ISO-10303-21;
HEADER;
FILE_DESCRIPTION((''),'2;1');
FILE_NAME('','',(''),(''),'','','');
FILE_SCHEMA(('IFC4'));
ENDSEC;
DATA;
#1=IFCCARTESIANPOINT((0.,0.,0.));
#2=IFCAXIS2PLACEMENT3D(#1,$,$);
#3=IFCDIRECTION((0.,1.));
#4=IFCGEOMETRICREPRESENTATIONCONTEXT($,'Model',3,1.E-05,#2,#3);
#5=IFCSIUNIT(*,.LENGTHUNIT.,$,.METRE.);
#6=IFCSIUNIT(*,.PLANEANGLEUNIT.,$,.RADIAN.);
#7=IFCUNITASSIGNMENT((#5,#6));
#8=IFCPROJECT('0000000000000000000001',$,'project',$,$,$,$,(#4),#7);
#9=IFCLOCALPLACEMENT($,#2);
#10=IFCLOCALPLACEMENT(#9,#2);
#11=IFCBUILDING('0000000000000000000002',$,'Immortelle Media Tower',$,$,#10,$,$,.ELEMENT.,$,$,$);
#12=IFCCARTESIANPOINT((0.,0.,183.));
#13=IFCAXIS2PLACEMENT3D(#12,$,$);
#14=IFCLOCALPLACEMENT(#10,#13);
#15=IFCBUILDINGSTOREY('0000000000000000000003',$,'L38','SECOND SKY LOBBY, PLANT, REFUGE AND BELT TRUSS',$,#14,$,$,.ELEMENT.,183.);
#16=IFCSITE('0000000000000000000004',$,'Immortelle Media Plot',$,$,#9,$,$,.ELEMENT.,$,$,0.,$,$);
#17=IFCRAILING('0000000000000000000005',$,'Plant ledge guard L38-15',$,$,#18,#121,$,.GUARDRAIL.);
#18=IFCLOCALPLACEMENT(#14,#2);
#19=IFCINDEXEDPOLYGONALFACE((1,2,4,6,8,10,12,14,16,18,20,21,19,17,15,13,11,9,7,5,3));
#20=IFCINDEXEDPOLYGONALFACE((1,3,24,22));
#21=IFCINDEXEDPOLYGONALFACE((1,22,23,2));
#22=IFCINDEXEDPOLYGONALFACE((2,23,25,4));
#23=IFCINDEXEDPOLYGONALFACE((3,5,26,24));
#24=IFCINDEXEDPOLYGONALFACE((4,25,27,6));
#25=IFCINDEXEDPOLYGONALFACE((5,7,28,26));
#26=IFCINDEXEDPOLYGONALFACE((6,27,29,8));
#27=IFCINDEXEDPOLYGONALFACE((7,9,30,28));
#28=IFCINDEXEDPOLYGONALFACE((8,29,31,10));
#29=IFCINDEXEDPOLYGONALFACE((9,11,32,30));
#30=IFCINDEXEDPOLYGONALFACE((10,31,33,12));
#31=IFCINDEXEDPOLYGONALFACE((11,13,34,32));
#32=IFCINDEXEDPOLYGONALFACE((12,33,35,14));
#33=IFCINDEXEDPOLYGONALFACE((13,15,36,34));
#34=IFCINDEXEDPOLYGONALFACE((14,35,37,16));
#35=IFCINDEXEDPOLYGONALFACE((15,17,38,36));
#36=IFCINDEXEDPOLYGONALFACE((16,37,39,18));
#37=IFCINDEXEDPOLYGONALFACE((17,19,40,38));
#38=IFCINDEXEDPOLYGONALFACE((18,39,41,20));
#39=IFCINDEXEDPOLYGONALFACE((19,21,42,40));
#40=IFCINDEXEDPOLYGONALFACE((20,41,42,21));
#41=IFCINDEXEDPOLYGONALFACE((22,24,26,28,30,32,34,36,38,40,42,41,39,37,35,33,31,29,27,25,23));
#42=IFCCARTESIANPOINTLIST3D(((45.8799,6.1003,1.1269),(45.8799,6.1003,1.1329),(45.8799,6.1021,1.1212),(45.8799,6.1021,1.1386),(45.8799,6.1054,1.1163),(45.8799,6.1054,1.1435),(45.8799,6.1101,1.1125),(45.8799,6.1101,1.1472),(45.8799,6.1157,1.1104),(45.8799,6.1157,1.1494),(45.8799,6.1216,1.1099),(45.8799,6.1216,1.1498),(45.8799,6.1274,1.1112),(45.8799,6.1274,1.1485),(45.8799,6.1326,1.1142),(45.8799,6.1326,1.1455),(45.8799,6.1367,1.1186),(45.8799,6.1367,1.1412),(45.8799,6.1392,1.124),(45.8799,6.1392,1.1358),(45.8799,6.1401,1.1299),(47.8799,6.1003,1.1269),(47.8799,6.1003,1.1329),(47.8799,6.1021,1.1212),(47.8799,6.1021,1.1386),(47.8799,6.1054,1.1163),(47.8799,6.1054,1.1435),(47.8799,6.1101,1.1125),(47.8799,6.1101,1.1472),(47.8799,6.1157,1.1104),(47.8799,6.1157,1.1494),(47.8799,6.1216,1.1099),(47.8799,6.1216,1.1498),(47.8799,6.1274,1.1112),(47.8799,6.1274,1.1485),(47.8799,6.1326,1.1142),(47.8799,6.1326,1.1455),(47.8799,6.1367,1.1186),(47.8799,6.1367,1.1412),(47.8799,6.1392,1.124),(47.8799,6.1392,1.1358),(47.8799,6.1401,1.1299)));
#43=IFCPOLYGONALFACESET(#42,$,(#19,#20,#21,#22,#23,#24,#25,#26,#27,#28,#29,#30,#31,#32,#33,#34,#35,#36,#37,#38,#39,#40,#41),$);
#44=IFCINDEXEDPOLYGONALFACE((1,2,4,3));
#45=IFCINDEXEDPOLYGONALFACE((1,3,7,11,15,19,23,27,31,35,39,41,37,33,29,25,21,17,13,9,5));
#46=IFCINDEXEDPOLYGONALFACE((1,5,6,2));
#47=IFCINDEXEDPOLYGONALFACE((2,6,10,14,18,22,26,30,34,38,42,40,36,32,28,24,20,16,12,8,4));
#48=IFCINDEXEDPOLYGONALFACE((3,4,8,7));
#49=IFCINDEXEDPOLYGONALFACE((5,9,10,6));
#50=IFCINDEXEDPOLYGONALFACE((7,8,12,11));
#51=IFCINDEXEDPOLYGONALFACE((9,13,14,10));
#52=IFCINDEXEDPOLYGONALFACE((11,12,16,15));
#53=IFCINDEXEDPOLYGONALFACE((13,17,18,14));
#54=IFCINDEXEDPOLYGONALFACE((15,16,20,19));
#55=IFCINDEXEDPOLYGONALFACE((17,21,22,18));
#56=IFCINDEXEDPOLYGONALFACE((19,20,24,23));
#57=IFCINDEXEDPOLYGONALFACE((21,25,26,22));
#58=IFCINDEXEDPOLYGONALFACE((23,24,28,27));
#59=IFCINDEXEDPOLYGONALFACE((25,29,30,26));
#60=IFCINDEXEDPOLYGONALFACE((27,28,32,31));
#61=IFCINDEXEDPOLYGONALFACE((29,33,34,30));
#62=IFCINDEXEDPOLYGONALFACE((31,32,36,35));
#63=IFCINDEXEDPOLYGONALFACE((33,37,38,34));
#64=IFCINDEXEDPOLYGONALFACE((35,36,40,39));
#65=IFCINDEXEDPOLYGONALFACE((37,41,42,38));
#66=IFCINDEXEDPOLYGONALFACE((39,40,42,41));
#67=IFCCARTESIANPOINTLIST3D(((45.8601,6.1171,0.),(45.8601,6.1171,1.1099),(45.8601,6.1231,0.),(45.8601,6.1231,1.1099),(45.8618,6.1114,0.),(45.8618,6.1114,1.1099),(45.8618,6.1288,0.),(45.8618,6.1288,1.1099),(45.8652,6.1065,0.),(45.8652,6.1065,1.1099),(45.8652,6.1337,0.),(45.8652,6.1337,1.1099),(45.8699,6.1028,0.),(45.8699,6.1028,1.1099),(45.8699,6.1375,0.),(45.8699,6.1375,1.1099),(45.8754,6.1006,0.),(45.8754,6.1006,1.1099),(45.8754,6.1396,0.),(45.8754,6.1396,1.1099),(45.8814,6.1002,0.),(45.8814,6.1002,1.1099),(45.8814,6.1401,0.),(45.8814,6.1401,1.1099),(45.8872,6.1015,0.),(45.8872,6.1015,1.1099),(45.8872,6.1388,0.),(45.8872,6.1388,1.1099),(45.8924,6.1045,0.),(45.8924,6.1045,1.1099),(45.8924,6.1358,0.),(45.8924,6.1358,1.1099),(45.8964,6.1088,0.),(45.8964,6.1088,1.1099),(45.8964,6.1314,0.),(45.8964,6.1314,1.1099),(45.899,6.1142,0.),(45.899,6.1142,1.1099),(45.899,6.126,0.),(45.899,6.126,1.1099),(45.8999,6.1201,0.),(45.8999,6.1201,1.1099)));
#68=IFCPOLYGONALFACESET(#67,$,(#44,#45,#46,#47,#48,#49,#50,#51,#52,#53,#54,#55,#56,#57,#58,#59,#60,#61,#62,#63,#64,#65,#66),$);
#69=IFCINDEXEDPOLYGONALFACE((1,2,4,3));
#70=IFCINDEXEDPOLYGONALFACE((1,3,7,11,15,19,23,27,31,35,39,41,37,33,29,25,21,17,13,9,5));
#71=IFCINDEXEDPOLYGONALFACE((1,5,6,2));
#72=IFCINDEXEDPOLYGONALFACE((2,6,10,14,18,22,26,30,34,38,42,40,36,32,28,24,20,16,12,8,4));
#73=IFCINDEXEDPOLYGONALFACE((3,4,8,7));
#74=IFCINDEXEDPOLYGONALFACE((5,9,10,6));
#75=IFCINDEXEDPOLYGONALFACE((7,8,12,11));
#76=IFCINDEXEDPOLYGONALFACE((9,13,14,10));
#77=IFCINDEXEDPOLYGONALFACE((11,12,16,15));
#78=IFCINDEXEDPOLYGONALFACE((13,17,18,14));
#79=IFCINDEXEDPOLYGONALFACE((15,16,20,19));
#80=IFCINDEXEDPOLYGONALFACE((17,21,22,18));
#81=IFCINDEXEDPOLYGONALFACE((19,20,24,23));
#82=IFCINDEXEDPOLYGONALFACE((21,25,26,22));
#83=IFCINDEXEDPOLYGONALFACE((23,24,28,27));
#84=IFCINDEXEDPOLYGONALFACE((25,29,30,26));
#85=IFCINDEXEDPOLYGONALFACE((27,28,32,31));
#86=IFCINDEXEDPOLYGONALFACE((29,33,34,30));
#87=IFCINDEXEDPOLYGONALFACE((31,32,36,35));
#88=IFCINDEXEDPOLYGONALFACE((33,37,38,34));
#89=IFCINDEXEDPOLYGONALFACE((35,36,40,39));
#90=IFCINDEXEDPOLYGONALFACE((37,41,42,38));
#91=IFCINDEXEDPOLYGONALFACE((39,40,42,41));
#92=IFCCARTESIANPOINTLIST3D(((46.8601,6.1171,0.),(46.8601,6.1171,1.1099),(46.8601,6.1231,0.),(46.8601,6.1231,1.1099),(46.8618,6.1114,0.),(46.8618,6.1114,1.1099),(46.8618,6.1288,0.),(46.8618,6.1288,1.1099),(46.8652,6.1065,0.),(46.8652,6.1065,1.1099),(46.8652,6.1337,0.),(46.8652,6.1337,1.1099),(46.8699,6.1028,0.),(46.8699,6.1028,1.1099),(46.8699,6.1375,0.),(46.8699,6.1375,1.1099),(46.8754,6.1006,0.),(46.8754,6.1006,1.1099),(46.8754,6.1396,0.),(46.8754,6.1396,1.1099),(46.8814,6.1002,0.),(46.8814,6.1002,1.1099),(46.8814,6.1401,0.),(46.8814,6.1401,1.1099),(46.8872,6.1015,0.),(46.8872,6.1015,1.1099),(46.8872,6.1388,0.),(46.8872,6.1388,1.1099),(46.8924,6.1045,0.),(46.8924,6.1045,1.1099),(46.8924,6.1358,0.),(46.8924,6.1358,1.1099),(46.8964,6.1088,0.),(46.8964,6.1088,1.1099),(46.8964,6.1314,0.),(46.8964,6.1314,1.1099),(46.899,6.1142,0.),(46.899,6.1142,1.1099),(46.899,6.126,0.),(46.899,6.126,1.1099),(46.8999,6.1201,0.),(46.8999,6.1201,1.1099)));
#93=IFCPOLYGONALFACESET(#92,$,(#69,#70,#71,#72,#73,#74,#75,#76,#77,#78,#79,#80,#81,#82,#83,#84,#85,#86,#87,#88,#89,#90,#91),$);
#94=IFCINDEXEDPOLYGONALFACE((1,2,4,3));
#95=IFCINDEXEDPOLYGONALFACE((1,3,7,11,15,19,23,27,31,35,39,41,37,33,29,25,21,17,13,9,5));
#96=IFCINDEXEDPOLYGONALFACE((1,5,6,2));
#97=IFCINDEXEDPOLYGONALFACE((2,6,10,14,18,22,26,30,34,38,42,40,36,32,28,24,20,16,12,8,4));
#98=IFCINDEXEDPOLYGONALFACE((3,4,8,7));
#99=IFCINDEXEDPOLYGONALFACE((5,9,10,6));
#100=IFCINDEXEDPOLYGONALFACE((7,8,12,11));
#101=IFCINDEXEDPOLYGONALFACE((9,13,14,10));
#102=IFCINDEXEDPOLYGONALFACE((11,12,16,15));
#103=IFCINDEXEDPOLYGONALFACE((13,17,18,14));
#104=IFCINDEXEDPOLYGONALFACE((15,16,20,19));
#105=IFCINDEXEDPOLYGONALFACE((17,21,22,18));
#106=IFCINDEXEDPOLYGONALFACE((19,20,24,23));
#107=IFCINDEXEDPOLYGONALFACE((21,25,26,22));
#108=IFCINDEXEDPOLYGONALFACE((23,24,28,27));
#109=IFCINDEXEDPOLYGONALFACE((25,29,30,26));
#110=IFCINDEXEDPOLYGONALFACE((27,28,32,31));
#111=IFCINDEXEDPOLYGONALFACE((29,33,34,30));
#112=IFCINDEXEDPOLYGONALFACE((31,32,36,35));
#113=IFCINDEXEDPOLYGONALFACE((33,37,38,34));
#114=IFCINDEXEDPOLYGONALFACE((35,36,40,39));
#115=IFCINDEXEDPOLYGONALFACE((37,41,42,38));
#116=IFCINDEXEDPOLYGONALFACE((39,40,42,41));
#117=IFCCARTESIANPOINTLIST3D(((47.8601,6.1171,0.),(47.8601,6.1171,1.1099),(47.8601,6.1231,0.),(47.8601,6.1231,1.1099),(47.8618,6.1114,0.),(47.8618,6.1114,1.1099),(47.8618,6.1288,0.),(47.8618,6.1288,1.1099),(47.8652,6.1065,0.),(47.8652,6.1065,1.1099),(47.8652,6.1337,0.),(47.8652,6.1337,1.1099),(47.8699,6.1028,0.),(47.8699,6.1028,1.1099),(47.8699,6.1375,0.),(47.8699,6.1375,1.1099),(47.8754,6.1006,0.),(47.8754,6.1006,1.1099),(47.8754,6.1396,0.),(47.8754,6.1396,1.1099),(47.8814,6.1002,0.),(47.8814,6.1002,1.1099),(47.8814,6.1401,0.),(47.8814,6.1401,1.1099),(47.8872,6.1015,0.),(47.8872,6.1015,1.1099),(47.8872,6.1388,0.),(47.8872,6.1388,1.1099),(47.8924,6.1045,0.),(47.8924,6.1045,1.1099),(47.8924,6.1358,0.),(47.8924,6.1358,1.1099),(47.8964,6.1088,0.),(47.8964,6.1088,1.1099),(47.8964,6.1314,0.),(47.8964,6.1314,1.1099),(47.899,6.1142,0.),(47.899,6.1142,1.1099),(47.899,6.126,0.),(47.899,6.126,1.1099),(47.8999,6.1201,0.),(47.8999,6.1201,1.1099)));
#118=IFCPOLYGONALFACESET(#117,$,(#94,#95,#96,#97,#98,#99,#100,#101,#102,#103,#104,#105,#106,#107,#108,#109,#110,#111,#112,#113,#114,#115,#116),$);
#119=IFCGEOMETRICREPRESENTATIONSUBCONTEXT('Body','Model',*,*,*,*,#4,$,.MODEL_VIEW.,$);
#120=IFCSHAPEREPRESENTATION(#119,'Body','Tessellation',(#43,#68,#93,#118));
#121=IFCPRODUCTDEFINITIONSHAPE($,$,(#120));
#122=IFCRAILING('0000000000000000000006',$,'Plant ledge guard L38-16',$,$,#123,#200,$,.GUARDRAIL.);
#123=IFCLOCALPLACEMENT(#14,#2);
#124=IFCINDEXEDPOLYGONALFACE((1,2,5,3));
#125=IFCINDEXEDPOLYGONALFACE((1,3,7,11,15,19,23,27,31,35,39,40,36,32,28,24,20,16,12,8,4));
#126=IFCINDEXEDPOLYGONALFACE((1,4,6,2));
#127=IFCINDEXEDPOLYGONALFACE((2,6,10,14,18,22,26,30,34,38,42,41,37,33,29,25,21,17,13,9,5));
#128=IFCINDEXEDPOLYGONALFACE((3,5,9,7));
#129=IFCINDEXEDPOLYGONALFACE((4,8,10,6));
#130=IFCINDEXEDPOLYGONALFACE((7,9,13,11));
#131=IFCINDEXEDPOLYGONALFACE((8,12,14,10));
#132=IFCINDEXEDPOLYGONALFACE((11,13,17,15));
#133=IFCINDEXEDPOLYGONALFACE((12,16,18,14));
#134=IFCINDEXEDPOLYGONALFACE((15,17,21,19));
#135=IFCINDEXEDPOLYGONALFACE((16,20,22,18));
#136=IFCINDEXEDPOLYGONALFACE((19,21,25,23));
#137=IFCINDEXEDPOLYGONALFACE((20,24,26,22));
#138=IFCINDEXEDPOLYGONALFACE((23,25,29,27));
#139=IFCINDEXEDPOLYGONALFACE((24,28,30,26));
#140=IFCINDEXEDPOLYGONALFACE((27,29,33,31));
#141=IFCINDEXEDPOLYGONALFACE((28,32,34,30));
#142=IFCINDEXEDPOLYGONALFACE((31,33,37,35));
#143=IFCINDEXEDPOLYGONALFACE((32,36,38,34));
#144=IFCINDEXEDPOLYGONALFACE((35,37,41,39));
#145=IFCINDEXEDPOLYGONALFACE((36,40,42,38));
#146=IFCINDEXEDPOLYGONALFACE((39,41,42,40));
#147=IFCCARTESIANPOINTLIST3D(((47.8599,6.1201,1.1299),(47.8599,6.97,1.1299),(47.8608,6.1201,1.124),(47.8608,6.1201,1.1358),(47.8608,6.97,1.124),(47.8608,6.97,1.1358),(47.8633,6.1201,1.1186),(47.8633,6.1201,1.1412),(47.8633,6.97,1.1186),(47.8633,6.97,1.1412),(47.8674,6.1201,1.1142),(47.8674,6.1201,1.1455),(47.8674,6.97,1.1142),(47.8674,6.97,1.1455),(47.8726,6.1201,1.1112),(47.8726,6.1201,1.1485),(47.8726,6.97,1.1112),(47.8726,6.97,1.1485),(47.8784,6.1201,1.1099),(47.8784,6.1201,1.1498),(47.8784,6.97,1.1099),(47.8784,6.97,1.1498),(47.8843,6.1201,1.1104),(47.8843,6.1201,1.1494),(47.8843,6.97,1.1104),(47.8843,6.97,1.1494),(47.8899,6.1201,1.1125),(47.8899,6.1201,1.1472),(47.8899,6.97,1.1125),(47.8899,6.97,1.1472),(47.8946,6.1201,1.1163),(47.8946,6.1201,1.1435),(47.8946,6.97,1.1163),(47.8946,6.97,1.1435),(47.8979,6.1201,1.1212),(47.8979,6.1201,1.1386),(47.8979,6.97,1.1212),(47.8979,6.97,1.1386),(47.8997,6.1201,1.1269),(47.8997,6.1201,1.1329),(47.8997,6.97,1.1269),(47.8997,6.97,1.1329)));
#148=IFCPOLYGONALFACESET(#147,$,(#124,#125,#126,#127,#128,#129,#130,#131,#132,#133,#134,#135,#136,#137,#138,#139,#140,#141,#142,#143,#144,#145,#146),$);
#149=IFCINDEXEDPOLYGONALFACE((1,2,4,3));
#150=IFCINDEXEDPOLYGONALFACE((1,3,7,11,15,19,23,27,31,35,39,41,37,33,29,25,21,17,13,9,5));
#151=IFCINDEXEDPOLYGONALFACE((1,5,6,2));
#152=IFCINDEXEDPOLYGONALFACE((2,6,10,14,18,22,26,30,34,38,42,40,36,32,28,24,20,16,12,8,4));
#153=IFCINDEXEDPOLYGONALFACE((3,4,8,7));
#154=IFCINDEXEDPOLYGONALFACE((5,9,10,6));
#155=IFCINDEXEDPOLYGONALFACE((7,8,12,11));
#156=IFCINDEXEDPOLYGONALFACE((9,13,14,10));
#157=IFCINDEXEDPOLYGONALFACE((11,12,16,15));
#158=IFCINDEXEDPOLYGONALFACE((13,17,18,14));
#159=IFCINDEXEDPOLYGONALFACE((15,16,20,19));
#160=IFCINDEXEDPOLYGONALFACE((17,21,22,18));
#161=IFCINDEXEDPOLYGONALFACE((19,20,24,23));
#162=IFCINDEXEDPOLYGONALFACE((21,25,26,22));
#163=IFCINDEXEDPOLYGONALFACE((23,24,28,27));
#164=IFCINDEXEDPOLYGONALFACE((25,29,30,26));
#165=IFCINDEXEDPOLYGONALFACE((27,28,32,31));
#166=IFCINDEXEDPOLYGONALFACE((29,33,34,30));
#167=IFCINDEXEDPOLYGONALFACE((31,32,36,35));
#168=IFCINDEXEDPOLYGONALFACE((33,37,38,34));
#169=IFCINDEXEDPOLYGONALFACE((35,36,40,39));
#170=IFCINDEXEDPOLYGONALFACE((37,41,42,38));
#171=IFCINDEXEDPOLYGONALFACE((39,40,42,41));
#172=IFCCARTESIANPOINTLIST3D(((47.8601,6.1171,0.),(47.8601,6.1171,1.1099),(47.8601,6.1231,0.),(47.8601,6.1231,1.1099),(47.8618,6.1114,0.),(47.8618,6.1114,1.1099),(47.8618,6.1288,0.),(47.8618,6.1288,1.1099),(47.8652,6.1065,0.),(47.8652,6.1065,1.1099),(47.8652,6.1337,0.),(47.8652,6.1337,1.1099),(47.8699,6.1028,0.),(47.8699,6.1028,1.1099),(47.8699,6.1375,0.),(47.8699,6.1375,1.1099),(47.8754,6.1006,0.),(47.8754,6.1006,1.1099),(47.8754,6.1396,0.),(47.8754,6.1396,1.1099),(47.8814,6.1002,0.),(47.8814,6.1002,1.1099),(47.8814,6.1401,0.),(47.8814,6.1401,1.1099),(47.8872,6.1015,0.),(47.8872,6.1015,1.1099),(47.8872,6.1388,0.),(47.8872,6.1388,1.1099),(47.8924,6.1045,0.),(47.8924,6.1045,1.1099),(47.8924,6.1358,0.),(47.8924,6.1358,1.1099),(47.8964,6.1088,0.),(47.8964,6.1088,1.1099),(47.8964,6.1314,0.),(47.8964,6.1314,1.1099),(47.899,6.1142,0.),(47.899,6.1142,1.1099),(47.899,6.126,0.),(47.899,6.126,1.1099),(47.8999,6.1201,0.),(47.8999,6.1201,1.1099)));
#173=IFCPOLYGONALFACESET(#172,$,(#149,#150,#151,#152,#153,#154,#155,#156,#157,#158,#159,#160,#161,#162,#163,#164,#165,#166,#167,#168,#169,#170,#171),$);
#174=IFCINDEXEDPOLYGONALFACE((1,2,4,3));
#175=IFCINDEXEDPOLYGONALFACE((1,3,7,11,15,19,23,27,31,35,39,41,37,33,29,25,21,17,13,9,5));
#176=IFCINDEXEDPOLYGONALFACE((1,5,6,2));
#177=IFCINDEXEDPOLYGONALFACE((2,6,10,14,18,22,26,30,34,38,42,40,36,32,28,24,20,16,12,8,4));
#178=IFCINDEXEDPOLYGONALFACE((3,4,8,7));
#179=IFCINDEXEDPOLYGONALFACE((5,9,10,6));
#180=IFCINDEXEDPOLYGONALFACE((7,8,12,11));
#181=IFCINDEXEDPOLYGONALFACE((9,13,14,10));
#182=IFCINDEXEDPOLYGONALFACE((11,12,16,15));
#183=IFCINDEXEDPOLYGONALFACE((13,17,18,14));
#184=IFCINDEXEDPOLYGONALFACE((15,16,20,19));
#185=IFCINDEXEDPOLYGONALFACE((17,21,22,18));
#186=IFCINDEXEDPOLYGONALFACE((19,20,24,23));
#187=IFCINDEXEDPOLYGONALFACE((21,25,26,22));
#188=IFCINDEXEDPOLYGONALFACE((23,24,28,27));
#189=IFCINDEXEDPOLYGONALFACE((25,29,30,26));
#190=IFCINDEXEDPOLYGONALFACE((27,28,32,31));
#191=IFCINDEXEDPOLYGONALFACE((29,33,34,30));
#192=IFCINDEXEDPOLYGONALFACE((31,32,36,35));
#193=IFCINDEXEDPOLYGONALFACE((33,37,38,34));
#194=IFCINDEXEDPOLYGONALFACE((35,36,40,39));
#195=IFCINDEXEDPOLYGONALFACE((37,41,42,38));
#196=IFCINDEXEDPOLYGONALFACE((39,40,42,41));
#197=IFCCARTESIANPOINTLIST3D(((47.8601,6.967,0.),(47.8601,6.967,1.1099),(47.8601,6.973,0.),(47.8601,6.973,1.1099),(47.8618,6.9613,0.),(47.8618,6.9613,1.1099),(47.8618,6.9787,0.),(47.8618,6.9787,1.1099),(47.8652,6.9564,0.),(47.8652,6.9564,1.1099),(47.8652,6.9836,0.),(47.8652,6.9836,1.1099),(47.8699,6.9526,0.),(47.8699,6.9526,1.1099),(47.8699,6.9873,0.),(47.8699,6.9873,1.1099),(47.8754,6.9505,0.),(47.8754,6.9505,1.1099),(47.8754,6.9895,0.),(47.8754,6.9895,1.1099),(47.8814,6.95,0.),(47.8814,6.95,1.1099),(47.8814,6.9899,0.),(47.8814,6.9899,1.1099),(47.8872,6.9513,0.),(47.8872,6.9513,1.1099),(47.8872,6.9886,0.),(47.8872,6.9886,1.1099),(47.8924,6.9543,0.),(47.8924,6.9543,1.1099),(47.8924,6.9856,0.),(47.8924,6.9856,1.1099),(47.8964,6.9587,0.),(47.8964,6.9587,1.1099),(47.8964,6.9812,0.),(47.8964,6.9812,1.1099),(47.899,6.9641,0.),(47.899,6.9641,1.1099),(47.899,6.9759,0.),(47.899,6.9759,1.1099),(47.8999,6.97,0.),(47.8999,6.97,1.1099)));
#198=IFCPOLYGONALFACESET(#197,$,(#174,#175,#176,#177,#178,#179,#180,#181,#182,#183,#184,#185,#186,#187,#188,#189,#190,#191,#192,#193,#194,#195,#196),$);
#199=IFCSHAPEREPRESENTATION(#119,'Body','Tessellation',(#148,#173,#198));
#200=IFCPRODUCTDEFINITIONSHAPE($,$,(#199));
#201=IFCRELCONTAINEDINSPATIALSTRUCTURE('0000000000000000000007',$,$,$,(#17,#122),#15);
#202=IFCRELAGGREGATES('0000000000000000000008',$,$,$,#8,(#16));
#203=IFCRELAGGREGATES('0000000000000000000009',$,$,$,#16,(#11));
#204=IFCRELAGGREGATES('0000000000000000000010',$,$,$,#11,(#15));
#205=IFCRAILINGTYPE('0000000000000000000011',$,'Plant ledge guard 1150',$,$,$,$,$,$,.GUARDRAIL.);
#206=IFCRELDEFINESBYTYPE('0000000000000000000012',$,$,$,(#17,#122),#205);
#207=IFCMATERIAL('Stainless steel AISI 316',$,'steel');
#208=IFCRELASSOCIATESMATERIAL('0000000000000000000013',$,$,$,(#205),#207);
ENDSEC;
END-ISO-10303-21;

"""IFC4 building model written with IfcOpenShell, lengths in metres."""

from ifc_helpers import new_model, si_unit, direction, frame, origin, origin_2d, place, context, subcontext, project, spatial, circle, extrude, material, type_object, element, save


model = new_model("IFC4")

# Units and contexts
model_context = context("Model", 3, precision=1e-05, world=origin(), true_north=direction((0.0, 1.0)))
body_context = subcontext(model_context, "Body", "Model", "MODEL_VIEW")
ifc_project = project(units=[si_unit("LENGTHUNIT", "METRE"), si_unit("PLANEANGLEUNIT", "RADIAN")], contexts=[model_context])

# Site, building, storey
site_placement = place(None, origin())
site = spatial("IfcSite", under=ifc_project, at=site_placement, Name="Immortelle Media Plot", CompositionType="ELEMENT", RefElevation=0.0)
building_placement = place(site_placement, origin())
building = spatial("IfcBuilding", under=site, at=building_placement, Name="Immortelle Media Tower", CompositionType="ELEMENT")
storey_placement = place(building_placement, frame((0.0, 0.0, 183.0)))
storey = spatial("IfcBuildingStorey", under=building, at=storey_placement, Name="L38", Description="SECOND SKY LOBBY, PLANT, REFUGE AND BELT TRUSS", CompositionType="ELEMENT", Elevation=183.0)

# Railings
ifc_material_1 = material(Name="Stainless steel AISI 316", Category="steel")
railing_type = type_object("IfcRailingType", Name="Plant ledge guard 1150", PredefinedType="GUARDRAIL", material=ifc_material_1)
railing_1_placement = place(storey_placement, frame((45.8799, 6.1201, 0.0)))
element("IfcRailing", 1, at=railing_1_placement, inside=storey, type_object=railing_type, Name="Plant ledge guard L38-15", PredefinedType="GUARDRAIL", context=body_context, shape_type="SweptSolid", body=[
    extrude(circle(Radius=0.02, at=origin_2d()), frame((0.0, 0.0, 1.1299), z_axis=(1.0, 0.0, 0.0), x_axis=(0.0, 1.0, 0.0)), (0.0, 0.0, 1.0), 2.0),
    extrude(circle(Radius=0.02, at=origin_2d()), origin(), (0.0, 0.0, 1.0), 1.1099),
    extrude(circle(Radius=0.02, at=origin_2d()), frame((1.0, 0.0, 0.0)), (0.0, 0.0, 1.0), 1.1099),
    extrude(circle(Radius=0.02, at=origin_2d()), frame((2.0, 0.0, 0.0)), (0.0, 0.0, 1.0), 1.1099),
])
railing_2_placement = place(storey_placement, frame((47.8799, 6.1201, 0.0)))
element("IfcRailing", 2, at=railing_2_placement, inside=storey, type_object=railing_type, Name="Plant ledge guard L38-16", PredefinedType="GUARDRAIL", context=body_context, shape_type="SweptSolid", body=[
    extrude(circle(Radius=0.02, at=origin_2d()), frame((0.0, 0.0, 1.1299), z_axis=(0.0, 1.0, 0.0), x_axis=(-1.0, 0.0, 0.0)), (0.0, 0.0, 1.0), 0.8499),
    extrude(circle(Radius=0.02, at=origin_2d()), origin(), (0.0, 0.0, 1.0), 1.1099),
    extrude(circle(Radius=0.02, at=origin_2d()), frame((0.0, 0.8499, 0.0)), (0.0, 0.0, 1.0), 1.1099),
])

save(model, "model.ifc")
